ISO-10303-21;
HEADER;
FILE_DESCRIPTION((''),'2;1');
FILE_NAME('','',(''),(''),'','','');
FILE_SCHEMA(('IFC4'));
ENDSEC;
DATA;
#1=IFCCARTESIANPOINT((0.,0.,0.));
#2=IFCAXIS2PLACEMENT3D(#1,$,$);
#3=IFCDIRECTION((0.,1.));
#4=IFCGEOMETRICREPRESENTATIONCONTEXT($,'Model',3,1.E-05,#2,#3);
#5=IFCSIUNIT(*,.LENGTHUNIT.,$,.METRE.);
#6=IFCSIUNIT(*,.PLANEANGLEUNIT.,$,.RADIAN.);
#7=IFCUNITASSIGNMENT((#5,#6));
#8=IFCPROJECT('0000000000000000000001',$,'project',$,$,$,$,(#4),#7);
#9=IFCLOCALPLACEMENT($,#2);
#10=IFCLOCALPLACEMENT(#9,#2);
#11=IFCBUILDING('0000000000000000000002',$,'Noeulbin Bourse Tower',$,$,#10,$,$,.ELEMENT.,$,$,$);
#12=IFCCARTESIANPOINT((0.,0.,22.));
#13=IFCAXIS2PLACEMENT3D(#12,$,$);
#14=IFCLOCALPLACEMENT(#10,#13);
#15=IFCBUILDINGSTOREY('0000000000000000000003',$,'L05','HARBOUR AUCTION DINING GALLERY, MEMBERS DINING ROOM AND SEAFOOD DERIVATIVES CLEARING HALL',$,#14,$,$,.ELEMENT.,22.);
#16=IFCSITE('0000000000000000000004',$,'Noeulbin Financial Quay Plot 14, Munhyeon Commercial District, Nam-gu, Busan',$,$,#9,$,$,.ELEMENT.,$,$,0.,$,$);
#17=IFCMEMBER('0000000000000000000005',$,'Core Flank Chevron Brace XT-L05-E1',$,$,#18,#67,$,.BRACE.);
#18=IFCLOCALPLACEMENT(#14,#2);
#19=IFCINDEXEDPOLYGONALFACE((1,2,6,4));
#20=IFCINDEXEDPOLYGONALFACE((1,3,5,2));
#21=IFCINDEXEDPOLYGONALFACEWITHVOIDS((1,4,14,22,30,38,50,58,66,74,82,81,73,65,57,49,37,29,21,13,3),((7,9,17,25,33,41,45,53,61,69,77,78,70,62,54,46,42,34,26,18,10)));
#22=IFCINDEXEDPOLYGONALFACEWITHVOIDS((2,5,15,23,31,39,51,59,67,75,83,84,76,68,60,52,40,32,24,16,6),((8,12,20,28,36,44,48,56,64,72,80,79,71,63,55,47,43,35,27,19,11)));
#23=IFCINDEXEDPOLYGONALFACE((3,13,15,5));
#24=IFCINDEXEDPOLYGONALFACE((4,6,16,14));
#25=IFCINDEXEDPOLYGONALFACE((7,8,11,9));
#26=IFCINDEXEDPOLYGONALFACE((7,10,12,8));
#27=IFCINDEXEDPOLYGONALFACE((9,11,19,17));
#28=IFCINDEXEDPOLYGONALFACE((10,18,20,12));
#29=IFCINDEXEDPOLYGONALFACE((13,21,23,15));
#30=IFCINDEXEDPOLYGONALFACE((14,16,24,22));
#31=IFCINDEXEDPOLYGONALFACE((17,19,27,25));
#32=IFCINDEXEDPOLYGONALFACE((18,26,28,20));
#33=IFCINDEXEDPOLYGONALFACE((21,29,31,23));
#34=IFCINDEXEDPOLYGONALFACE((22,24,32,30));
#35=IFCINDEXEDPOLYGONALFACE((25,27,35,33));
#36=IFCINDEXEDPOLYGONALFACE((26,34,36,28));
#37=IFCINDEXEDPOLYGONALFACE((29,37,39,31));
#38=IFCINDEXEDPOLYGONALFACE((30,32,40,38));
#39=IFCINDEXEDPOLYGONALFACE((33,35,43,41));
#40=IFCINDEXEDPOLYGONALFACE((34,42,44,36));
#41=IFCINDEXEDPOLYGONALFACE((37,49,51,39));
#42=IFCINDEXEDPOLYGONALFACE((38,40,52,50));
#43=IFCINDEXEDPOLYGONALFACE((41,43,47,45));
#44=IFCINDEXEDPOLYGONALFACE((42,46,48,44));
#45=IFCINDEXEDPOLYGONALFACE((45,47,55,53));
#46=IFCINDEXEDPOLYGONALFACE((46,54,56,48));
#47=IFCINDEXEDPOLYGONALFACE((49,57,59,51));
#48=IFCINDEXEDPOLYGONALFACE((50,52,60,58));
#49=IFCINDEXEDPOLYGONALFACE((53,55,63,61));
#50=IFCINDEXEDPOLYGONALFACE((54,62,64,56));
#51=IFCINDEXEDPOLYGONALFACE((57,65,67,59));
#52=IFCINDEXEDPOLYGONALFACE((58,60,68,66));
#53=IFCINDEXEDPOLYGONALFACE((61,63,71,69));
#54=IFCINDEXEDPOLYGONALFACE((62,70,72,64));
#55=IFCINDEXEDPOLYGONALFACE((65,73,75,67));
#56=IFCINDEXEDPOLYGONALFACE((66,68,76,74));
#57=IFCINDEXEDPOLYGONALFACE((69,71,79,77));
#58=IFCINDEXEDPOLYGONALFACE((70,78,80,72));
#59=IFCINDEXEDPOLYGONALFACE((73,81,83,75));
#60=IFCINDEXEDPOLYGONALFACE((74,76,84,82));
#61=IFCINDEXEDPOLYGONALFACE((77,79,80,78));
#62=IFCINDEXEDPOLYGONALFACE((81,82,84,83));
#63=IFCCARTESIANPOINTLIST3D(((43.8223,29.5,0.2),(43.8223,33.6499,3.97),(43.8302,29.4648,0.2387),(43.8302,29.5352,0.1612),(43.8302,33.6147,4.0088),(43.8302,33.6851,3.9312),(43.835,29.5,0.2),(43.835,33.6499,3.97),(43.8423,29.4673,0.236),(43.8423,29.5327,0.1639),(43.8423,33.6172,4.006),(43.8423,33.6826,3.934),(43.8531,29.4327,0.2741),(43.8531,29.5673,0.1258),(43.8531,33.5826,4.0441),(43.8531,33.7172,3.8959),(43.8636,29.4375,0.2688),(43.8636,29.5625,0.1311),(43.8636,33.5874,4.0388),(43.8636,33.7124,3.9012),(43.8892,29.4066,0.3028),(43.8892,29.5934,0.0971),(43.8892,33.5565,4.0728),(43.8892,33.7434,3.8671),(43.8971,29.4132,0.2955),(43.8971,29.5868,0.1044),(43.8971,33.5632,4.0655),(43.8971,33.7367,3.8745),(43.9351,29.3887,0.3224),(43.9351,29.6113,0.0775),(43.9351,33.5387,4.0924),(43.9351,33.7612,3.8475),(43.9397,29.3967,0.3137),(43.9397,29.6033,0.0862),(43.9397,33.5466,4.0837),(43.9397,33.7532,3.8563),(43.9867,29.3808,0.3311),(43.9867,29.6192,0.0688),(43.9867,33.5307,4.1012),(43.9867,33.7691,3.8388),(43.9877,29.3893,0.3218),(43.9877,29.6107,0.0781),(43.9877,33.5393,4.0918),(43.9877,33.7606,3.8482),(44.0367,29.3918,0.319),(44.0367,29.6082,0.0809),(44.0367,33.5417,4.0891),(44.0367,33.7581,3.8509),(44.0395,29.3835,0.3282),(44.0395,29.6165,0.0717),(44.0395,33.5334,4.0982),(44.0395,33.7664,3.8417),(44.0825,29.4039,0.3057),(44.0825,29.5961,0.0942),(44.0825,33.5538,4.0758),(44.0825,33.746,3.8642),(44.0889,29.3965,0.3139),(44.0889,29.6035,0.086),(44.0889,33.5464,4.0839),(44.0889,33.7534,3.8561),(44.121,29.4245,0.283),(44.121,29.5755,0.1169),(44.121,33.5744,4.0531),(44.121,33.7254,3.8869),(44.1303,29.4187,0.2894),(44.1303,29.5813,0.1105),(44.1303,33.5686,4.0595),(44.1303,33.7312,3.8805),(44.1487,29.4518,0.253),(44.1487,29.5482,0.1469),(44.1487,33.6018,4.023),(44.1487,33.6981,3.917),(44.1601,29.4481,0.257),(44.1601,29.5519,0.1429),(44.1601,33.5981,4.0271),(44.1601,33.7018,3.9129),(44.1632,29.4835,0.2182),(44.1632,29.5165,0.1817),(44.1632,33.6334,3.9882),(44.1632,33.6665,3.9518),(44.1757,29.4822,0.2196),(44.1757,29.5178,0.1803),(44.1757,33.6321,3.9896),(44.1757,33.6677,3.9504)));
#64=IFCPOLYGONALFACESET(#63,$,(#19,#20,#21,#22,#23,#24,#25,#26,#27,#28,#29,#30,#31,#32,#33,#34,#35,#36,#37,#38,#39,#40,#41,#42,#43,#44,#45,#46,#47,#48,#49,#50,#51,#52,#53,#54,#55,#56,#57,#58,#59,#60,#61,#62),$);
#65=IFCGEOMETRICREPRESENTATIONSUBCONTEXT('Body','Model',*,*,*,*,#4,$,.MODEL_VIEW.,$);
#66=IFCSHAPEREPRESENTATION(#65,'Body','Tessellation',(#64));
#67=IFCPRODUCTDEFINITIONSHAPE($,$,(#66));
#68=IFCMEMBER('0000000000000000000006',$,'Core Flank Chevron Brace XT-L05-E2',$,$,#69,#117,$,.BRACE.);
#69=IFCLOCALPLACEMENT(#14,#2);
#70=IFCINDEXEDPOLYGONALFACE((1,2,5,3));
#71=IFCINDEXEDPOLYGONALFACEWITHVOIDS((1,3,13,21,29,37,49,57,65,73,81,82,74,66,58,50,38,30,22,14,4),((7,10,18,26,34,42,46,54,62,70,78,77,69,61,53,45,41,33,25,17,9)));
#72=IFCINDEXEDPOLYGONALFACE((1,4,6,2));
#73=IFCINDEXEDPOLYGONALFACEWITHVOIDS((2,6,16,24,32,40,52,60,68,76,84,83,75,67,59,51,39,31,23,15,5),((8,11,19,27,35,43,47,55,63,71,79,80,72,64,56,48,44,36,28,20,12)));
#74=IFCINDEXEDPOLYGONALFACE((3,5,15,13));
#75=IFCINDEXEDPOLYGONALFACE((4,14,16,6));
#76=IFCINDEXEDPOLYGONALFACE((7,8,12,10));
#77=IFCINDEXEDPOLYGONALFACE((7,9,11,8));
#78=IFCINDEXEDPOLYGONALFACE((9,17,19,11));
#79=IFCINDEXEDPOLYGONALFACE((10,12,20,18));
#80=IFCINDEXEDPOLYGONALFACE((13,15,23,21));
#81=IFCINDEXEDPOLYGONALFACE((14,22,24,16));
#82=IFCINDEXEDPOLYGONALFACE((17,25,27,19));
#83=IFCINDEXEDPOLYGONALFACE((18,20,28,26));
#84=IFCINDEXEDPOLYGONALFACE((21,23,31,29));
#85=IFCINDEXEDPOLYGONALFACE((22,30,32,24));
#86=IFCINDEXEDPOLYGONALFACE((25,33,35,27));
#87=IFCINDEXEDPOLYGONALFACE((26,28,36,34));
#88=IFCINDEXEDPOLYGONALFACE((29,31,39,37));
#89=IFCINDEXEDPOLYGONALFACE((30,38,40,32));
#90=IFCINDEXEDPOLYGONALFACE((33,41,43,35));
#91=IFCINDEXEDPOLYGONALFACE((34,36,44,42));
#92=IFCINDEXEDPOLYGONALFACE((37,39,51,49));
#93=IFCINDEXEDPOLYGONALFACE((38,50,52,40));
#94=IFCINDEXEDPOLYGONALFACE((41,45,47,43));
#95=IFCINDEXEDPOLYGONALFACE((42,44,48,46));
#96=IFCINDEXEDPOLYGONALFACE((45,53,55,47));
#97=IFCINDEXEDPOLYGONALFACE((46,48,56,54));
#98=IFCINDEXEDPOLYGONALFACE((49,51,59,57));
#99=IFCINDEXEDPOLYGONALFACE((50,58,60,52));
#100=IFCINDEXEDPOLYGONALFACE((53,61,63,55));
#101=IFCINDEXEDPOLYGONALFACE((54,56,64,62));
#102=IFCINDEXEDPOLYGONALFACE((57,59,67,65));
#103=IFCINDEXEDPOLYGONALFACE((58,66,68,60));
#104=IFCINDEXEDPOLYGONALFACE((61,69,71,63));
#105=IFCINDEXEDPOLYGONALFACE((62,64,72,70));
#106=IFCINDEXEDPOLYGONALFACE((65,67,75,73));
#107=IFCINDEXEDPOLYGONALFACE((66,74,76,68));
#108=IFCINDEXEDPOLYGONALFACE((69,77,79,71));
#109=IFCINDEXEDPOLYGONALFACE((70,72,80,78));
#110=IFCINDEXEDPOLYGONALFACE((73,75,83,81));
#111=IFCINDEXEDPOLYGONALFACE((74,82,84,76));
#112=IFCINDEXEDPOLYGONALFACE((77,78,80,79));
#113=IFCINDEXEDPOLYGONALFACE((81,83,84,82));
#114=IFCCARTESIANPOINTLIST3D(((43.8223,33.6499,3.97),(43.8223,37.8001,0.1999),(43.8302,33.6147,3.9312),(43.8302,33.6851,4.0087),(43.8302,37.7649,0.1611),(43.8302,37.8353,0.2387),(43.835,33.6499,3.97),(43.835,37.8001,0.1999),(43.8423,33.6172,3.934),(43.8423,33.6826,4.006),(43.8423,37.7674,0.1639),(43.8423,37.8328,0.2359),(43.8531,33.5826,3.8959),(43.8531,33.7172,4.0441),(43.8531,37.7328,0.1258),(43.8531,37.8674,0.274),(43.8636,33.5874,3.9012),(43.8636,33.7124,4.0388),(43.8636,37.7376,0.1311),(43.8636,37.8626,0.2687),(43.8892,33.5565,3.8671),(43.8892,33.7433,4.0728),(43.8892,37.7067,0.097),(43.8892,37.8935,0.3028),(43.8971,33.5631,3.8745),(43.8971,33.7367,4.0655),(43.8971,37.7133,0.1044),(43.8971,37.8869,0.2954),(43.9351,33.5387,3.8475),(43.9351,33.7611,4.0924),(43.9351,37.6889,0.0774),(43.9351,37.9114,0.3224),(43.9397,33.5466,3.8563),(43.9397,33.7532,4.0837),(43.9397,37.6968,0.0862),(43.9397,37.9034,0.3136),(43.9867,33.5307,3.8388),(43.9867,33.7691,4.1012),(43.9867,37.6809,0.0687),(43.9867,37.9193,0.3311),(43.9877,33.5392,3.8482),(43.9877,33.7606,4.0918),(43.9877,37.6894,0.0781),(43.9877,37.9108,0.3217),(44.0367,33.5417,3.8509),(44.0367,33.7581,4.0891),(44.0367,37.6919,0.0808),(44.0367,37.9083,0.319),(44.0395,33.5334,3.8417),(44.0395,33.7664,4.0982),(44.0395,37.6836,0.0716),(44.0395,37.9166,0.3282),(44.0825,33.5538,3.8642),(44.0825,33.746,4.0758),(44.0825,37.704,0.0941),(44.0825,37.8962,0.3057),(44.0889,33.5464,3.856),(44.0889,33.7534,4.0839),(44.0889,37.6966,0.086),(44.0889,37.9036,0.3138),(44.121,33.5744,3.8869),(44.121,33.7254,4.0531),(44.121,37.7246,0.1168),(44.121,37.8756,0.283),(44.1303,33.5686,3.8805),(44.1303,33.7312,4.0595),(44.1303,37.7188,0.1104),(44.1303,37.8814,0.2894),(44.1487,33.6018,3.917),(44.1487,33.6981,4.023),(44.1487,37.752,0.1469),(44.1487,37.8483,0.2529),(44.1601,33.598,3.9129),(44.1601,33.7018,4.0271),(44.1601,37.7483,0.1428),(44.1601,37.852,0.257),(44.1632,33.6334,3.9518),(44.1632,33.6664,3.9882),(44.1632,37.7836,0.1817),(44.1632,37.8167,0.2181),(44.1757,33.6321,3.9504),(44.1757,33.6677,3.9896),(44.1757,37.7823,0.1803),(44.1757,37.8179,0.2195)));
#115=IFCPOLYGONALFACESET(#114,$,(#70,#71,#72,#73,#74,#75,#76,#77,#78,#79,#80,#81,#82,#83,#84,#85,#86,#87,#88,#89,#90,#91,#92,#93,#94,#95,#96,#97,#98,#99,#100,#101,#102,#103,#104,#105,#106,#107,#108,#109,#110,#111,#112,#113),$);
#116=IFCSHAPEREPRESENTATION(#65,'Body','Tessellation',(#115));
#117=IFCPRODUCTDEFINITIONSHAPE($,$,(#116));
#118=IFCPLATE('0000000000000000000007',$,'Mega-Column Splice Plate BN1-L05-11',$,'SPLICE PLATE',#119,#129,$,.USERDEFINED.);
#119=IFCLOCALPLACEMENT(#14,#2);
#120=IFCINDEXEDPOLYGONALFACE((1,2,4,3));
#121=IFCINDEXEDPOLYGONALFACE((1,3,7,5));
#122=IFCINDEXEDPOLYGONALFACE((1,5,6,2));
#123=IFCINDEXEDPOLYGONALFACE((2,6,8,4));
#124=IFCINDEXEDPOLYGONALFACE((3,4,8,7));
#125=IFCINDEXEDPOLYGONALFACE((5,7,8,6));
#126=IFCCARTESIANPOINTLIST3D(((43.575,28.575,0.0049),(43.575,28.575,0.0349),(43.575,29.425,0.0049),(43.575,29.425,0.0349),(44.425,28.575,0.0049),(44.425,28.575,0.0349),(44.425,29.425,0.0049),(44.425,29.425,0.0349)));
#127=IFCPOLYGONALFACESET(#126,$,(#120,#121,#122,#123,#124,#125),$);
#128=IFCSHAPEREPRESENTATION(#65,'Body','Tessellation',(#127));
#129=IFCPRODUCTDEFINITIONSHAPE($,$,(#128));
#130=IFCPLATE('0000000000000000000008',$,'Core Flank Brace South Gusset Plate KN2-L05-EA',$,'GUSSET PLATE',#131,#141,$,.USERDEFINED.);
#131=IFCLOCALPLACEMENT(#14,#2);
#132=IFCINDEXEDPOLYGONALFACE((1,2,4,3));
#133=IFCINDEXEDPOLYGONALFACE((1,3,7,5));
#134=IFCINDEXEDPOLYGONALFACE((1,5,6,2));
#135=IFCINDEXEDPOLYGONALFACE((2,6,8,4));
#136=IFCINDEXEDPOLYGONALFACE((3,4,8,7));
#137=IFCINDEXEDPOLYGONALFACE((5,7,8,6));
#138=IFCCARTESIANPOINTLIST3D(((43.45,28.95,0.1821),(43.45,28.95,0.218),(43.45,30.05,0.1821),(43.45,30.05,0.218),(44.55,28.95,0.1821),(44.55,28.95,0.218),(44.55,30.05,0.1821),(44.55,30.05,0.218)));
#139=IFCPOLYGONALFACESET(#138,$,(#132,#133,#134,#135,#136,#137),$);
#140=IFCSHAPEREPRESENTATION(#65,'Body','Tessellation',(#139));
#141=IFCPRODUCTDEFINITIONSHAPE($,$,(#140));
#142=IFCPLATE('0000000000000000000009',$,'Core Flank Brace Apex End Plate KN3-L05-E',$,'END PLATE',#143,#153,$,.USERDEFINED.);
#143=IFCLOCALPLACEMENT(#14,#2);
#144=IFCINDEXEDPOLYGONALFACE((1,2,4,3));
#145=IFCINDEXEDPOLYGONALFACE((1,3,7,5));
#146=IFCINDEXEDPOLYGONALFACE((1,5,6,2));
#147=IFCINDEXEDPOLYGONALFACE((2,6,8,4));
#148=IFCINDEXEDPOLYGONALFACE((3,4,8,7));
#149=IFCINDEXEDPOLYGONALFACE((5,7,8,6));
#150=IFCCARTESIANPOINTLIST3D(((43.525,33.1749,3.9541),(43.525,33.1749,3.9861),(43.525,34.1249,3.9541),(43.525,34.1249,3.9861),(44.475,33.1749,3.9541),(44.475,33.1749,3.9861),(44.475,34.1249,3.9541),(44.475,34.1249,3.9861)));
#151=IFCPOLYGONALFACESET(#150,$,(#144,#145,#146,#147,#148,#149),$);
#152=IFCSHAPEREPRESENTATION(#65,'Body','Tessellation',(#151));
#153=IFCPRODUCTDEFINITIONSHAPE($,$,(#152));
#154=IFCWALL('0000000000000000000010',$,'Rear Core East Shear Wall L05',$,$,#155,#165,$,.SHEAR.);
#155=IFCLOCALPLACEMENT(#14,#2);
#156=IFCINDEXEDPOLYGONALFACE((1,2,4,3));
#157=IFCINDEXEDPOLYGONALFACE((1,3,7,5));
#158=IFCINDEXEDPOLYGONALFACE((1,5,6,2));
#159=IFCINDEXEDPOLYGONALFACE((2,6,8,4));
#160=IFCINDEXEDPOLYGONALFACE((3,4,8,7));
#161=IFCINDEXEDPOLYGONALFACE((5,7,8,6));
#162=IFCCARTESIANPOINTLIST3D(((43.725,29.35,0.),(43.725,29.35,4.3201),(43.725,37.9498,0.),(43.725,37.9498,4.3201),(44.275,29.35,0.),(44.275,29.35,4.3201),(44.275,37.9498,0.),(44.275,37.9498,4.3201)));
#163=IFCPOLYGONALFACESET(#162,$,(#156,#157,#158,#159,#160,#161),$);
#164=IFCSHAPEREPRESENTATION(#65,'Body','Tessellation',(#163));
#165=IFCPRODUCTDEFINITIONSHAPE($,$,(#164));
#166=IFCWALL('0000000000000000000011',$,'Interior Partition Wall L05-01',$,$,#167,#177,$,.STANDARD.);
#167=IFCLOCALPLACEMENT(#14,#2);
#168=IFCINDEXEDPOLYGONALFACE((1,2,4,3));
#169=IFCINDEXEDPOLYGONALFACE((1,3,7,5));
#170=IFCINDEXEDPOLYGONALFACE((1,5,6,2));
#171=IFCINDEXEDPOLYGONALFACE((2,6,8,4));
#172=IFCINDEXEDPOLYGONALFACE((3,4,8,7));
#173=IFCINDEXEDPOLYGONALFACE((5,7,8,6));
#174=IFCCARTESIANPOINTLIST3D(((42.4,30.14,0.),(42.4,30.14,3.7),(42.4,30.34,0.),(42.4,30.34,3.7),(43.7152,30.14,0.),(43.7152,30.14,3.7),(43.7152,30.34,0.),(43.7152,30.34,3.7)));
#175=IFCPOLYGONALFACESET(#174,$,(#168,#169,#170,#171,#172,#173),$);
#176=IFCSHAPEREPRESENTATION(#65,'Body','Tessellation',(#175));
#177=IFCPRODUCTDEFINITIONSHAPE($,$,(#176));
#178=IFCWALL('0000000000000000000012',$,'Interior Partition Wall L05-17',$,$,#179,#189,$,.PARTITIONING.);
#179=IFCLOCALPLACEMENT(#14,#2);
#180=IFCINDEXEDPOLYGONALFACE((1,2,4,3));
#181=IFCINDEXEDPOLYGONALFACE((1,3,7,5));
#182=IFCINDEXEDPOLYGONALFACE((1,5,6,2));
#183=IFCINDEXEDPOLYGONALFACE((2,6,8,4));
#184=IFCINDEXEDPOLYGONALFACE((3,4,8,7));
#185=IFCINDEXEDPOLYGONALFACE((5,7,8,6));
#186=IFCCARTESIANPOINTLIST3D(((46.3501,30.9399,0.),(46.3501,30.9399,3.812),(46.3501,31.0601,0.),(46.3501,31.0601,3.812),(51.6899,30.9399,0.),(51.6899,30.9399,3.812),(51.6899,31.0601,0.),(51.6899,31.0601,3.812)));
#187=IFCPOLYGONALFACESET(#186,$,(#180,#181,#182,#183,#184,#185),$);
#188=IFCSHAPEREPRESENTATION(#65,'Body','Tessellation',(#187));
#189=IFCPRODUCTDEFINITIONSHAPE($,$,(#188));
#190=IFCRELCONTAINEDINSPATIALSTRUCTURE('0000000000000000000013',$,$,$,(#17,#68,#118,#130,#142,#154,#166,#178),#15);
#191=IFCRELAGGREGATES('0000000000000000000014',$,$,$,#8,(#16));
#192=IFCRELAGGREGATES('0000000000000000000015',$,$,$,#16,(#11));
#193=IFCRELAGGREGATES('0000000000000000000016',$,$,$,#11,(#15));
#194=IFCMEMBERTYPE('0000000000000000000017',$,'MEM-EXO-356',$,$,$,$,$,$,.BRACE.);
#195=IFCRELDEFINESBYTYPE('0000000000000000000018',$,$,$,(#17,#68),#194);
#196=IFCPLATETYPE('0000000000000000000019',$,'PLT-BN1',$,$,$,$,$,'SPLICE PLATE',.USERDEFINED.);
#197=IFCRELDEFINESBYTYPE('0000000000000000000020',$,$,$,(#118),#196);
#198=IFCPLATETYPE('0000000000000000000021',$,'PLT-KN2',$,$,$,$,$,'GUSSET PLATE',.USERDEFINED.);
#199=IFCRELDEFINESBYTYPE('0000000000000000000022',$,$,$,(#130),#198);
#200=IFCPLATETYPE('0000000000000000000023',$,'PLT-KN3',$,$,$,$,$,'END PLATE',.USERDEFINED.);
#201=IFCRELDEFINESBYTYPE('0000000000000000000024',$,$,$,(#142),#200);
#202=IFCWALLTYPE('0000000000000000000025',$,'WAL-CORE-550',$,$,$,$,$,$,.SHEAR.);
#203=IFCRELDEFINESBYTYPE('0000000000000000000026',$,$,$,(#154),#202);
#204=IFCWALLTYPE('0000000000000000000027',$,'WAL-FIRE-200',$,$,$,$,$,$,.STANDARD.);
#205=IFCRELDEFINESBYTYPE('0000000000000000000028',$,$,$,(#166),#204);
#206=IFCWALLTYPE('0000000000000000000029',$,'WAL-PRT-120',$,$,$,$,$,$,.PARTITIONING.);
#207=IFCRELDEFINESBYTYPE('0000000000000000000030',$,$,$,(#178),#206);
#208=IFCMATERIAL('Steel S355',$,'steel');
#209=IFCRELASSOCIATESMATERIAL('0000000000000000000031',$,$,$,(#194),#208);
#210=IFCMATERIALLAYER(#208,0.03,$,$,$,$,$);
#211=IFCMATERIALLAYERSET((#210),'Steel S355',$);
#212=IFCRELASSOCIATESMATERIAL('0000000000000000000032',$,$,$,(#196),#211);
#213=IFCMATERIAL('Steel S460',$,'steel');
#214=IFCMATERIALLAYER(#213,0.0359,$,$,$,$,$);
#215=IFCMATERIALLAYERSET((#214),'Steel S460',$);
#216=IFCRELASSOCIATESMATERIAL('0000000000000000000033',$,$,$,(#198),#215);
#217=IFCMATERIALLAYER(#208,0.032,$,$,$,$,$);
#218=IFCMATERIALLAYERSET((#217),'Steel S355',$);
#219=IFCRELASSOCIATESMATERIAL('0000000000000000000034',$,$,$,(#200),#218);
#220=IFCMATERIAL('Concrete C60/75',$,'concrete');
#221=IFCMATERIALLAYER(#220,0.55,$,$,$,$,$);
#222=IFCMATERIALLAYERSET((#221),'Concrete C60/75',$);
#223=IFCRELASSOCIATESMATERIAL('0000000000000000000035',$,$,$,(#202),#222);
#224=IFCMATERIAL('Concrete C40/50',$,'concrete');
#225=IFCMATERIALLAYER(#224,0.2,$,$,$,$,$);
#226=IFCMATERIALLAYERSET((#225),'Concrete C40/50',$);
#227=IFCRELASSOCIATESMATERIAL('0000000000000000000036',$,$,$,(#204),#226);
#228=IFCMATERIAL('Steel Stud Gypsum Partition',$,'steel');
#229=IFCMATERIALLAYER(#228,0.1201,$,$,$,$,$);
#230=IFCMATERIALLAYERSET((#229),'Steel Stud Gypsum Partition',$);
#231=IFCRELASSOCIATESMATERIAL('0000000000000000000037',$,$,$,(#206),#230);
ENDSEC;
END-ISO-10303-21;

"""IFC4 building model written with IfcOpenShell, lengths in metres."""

from ifc_helpers import new_model, si_unit, direction, frame, frame_2d, origin, origin_2d, place, context, subcontext, project, spatial, rectangle, hollow_circle, extrude, material, layer, layer_set, material_profile, profile_set, type_object, element, save


model = new_model("IFC4")

# Units and contexts
model_context = context("Model", 3, precision=1e-05, world=origin(), true_north=direction((0.0, 1.0)))
body_context = subcontext(model_context, "Body", "Model", "MODEL_VIEW")
ifc_project = project(units=[si_unit("LENGTHUNIT", "METRE"), si_unit("PLANEANGLEUNIT", "RADIAN")], contexts=[model_context])

# Site, building, storey
site_placement = place(None, origin())
site = spatial("IfcSite", under=ifc_project, at=site_placement, Name="Noeulbin Financial Quay Plot 14, Munhyeon Commercial District, Nam-gu, Busan", CompositionType="ELEMENT", RefElevation=0.0)
building_placement = place(site_placement, origin())
building = spatial("IfcBuilding", under=site, at=building_placement, Name="Noeulbin Bourse Tower", CompositionType="ELEMENT")
storey_placement = place(building_placement, frame((0.0, 0.0, 22.0)))
storey = spatial("IfcBuildingStorey", under=building, at=storey_placement, Name="L05", Description="HARBOUR AUCTION DINING GALLERY, MEMBERS DINING ROOM AND SEAFOOD DERIVATIVES CLEARING HALL", CompositionType="ELEMENT", Elevation=22.0)

# Shared definitions
ifc_material_1 = material(Name="Steel S460", Category="steel")

# Shared definitions
ifc_material_2 = material(Name="Steel S355", Category="steel")

# Members
ifc_material_profile_1 = material_profile(ifc_material_2, hollow_circle(Radius=0.1777, WallThickness=0.0127, at=origin_2d()), Name="CHS-355.6x12.7", Category="LoadBearing")
ifc_profile_set_1 = profile_set([ifc_material_profile_1], Name="Steel S355")
member_type = type_object("IfcMemberType", Name="MEM-EXO-356", PredefinedType="BRACE", material=ifc_profile_set_1)
member_1_placement = place(storey_placement, frame((44.0, 29.5, 0.2), z_axis=(0.0, 0.740173, 0.672417), x_axis=(-1.0, 0.0, 0.0)))
element("IfcMember", 1, at=member_1_placement, inside=storey, type_object=member_type, Name="Core Flank Chevron Brace XT-L05-E1", PredefinedType="BRACE", context=body_context, shape_type="SweptSolid", body=[
    extrude(hollow_circle(Radius=0.1777, WallThickness=0.0127, at=origin_2d()), origin(), (0.0, 0.0, 1.0), 5.6067),
])
member_2_placement = place(storey_placement, frame((44.0, 33.6499, 3.97), z_axis=(0.0, 0.740192, -0.672395), x_axis=(-1.0, 0.0, 0.0)))
element("IfcMember", 2, at=member_2_placement, inside=storey, type_object=member_type, Name="Core Flank Chevron Brace XT-L05-E2", PredefinedType="BRACE", context=body_context, shape_type="SweptSolid", body=[
    extrude(hollow_circle(Radius=0.1777, WallThickness=0.0127, at=origin_2d()), origin(), (0.0, 0.0, 1.0), 5.6069),
])

# Plates
ifc_layer_1 = layer(ifc_material_2, 0.03)
ifc_layer_set_1 = layer_set([ifc_layer_1], Name="Steel S355")
plate_type_1 = type_object("IfcPlateType", Name="PLT-BN1", ElementType="SPLICE PLATE", PredefinedType="USERDEFINED", material=ifc_layer_set_1)
plate_1_placement = place(storey_placement, frame((44.0, 29.0, 0.0049), z_axis=(0.0, 0.0, 1.0), x_axis=(1.0, 0.0, 0.0)))
element("IfcPlate", 3, at=plate_1_placement, inside=storey, type_object=plate_type_1, Name="Mega-Column Splice Plate BN1-L05-11", ObjectType="SPLICE PLATE", PredefinedType="USERDEFINED", context=body_context, shape_type="SweptSolid", body=[
    extrude(rectangle(XDim=0.8501, YDim=0.8501, at=origin_2d()), origin(), (0.0, 0.0, 1.0), 0.03),
])
ifc_layer_2 = layer(ifc_material_1, 0.0359)
ifc_layer_set_2 = layer_set([ifc_layer_2], Name="Steel S460")
plate_type_2 = type_object("IfcPlateType", Name="PLT-KN2", ElementType="GUSSET PLATE", PredefinedType="USERDEFINED", material=ifc_layer_set_2)
plate_2_placement = place(storey_placement, frame((44.0, 29.5, 0.1821), z_axis=(0.0, 0.0, 1.0), x_axis=(1.0, 0.0, 0.0)))
element("IfcPlate", 4, at=plate_2_placement, inside=storey, type_object=plate_type_2, Name="Core Flank Brace South Gusset Plate KN2-L05-EA", ObjectType="GUSSET PLATE", PredefinedType="USERDEFINED", context=body_context, shape_type="SweptSolid", body=[
    extrude(rectangle(XDim=1.1001, YDim=1.1001, at=origin_2d()), origin(), (0.0, 0.0, 1.0), 0.0359),
])
ifc_layer_3 = layer(ifc_material_2, 0.032)
ifc_layer_set_3 = layer_set([ifc_layer_3], Name="Steel S355")
plate_type_3 = type_object("IfcPlateType", Name="PLT-KN3", ElementType="END PLATE", PredefinedType="USERDEFINED", material=ifc_layer_set_3)
plate_3_placement = place(storey_placement, frame((44.0, 33.6499, 3.9541), z_axis=(0.0, 0.0, 1.0), x_axis=(1.0, 0.0, 0.0)))
element("IfcPlate", 5, at=plate_3_placement, inside=storey, type_object=plate_type_3, Name="Core Flank Brace Apex End Plate KN3-L05-E", ObjectType="END PLATE", PredefinedType="USERDEFINED", context=body_context, shape_type="SweptSolid", body=[
    extrude(rectangle(XDim=0.95, YDim=0.95, at=origin_2d()), origin(), (0.0, 0.0, 1.0), 0.032),
])

# Walls
ifc_material_3 = material(Name="Concrete C60/75", Category="concrete")
ifc_layer_4 = layer(ifc_material_3, 0.55)
ifc_layer_set_4 = layer_set([ifc_layer_4], Name="Concrete C60/75")
wall_type_1 = type_object("IfcWallType", Name="WAL-CORE-550", PredefinedType="SHEAR", material=ifc_layer_set_4)
wall_1_placement = place(storey_placement, frame((44.0, 29.3501, 0.0), z_axis=(0.0, 0.0, 1.0), x_axis=(0.0, 1.0, 0.0)))
element("IfcWall", 6, at=wall_1_placement, inside=storey, type_object=wall_type_1, Name="Rear Core East Shear Wall L05", PredefinedType="SHEAR", context=body_context, shape_type="SweptSolid", body=[
    extrude(rectangle(XDim=8.5999, YDim=0.55, at=frame_2d((4.2998, 0.0))), origin(), (0.0, 0.0, 1.0), 4.3201),
])
ifc_material_4 = material(Name="Concrete C40/50", Category="concrete")
ifc_layer_5 = layer(ifc_material_4, 0.2)
ifc_layer_set_5 = layer_set([ifc_layer_5], Name="Concrete C40/50")
wall_type_2 = type_object("IfcWallType", Name="WAL-FIRE-200", PredefinedType="STANDARD", material=ifc_layer_set_5)
wall_2_placement = place(storey_placement, frame((42.3999, 30.24, 0.0), z_axis=(0.0, 0.0, 1.0), x_axis=(1.0, 0.0, 0.0)))
element("IfcWall", 7, at=wall_2_placement, inside=storey, type_object=wall_type_2, Name="Interior Partition Wall L05-01", PredefinedType="STANDARD", context=body_context, shape_type="SweptSolid", body=[
    extrude(rectangle(XDim=1.3152, YDim=0.2, at=frame_2d((0.6577, 0.0))), origin(), (0.0, 0.0, 1.0), 3.7),
])
ifc_material_5 = material(Name="Steel Stud Gypsum Partition", Category="steel")
ifc_layer_6 = layer(ifc_material_5, 0.1201)
ifc_layer_set_6 = layer_set([ifc_layer_6], Name="Steel Stud Gypsum Partition")
wall_type_3 = type_object("IfcWallType", Name="WAL-PRT-120", PredefinedType="PARTITIONING", material=ifc_layer_set_6)
wall_3_placement = place(storey_placement, frame((46.3501, 31.0, 0.0), z_axis=(0.0, 0.0, 1.0), x_axis=(1.0, 0.0, 0.0)))
element("IfcWall", 8, at=wall_3_placement, inside=storey, type_object=wall_type_3, Name="Interior Partition Wall L05-17", PredefinedType="PARTITIONING", context=body_context, shape_type="SweptSolid", body=[
    extrude(rectangle(XDim=5.3398, YDim=0.1201, at=frame_2d((2.6699, 0.0))), origin(), (0.0, 0.0, 1.0), 3.812),
])

save(model, "model.ifc")
